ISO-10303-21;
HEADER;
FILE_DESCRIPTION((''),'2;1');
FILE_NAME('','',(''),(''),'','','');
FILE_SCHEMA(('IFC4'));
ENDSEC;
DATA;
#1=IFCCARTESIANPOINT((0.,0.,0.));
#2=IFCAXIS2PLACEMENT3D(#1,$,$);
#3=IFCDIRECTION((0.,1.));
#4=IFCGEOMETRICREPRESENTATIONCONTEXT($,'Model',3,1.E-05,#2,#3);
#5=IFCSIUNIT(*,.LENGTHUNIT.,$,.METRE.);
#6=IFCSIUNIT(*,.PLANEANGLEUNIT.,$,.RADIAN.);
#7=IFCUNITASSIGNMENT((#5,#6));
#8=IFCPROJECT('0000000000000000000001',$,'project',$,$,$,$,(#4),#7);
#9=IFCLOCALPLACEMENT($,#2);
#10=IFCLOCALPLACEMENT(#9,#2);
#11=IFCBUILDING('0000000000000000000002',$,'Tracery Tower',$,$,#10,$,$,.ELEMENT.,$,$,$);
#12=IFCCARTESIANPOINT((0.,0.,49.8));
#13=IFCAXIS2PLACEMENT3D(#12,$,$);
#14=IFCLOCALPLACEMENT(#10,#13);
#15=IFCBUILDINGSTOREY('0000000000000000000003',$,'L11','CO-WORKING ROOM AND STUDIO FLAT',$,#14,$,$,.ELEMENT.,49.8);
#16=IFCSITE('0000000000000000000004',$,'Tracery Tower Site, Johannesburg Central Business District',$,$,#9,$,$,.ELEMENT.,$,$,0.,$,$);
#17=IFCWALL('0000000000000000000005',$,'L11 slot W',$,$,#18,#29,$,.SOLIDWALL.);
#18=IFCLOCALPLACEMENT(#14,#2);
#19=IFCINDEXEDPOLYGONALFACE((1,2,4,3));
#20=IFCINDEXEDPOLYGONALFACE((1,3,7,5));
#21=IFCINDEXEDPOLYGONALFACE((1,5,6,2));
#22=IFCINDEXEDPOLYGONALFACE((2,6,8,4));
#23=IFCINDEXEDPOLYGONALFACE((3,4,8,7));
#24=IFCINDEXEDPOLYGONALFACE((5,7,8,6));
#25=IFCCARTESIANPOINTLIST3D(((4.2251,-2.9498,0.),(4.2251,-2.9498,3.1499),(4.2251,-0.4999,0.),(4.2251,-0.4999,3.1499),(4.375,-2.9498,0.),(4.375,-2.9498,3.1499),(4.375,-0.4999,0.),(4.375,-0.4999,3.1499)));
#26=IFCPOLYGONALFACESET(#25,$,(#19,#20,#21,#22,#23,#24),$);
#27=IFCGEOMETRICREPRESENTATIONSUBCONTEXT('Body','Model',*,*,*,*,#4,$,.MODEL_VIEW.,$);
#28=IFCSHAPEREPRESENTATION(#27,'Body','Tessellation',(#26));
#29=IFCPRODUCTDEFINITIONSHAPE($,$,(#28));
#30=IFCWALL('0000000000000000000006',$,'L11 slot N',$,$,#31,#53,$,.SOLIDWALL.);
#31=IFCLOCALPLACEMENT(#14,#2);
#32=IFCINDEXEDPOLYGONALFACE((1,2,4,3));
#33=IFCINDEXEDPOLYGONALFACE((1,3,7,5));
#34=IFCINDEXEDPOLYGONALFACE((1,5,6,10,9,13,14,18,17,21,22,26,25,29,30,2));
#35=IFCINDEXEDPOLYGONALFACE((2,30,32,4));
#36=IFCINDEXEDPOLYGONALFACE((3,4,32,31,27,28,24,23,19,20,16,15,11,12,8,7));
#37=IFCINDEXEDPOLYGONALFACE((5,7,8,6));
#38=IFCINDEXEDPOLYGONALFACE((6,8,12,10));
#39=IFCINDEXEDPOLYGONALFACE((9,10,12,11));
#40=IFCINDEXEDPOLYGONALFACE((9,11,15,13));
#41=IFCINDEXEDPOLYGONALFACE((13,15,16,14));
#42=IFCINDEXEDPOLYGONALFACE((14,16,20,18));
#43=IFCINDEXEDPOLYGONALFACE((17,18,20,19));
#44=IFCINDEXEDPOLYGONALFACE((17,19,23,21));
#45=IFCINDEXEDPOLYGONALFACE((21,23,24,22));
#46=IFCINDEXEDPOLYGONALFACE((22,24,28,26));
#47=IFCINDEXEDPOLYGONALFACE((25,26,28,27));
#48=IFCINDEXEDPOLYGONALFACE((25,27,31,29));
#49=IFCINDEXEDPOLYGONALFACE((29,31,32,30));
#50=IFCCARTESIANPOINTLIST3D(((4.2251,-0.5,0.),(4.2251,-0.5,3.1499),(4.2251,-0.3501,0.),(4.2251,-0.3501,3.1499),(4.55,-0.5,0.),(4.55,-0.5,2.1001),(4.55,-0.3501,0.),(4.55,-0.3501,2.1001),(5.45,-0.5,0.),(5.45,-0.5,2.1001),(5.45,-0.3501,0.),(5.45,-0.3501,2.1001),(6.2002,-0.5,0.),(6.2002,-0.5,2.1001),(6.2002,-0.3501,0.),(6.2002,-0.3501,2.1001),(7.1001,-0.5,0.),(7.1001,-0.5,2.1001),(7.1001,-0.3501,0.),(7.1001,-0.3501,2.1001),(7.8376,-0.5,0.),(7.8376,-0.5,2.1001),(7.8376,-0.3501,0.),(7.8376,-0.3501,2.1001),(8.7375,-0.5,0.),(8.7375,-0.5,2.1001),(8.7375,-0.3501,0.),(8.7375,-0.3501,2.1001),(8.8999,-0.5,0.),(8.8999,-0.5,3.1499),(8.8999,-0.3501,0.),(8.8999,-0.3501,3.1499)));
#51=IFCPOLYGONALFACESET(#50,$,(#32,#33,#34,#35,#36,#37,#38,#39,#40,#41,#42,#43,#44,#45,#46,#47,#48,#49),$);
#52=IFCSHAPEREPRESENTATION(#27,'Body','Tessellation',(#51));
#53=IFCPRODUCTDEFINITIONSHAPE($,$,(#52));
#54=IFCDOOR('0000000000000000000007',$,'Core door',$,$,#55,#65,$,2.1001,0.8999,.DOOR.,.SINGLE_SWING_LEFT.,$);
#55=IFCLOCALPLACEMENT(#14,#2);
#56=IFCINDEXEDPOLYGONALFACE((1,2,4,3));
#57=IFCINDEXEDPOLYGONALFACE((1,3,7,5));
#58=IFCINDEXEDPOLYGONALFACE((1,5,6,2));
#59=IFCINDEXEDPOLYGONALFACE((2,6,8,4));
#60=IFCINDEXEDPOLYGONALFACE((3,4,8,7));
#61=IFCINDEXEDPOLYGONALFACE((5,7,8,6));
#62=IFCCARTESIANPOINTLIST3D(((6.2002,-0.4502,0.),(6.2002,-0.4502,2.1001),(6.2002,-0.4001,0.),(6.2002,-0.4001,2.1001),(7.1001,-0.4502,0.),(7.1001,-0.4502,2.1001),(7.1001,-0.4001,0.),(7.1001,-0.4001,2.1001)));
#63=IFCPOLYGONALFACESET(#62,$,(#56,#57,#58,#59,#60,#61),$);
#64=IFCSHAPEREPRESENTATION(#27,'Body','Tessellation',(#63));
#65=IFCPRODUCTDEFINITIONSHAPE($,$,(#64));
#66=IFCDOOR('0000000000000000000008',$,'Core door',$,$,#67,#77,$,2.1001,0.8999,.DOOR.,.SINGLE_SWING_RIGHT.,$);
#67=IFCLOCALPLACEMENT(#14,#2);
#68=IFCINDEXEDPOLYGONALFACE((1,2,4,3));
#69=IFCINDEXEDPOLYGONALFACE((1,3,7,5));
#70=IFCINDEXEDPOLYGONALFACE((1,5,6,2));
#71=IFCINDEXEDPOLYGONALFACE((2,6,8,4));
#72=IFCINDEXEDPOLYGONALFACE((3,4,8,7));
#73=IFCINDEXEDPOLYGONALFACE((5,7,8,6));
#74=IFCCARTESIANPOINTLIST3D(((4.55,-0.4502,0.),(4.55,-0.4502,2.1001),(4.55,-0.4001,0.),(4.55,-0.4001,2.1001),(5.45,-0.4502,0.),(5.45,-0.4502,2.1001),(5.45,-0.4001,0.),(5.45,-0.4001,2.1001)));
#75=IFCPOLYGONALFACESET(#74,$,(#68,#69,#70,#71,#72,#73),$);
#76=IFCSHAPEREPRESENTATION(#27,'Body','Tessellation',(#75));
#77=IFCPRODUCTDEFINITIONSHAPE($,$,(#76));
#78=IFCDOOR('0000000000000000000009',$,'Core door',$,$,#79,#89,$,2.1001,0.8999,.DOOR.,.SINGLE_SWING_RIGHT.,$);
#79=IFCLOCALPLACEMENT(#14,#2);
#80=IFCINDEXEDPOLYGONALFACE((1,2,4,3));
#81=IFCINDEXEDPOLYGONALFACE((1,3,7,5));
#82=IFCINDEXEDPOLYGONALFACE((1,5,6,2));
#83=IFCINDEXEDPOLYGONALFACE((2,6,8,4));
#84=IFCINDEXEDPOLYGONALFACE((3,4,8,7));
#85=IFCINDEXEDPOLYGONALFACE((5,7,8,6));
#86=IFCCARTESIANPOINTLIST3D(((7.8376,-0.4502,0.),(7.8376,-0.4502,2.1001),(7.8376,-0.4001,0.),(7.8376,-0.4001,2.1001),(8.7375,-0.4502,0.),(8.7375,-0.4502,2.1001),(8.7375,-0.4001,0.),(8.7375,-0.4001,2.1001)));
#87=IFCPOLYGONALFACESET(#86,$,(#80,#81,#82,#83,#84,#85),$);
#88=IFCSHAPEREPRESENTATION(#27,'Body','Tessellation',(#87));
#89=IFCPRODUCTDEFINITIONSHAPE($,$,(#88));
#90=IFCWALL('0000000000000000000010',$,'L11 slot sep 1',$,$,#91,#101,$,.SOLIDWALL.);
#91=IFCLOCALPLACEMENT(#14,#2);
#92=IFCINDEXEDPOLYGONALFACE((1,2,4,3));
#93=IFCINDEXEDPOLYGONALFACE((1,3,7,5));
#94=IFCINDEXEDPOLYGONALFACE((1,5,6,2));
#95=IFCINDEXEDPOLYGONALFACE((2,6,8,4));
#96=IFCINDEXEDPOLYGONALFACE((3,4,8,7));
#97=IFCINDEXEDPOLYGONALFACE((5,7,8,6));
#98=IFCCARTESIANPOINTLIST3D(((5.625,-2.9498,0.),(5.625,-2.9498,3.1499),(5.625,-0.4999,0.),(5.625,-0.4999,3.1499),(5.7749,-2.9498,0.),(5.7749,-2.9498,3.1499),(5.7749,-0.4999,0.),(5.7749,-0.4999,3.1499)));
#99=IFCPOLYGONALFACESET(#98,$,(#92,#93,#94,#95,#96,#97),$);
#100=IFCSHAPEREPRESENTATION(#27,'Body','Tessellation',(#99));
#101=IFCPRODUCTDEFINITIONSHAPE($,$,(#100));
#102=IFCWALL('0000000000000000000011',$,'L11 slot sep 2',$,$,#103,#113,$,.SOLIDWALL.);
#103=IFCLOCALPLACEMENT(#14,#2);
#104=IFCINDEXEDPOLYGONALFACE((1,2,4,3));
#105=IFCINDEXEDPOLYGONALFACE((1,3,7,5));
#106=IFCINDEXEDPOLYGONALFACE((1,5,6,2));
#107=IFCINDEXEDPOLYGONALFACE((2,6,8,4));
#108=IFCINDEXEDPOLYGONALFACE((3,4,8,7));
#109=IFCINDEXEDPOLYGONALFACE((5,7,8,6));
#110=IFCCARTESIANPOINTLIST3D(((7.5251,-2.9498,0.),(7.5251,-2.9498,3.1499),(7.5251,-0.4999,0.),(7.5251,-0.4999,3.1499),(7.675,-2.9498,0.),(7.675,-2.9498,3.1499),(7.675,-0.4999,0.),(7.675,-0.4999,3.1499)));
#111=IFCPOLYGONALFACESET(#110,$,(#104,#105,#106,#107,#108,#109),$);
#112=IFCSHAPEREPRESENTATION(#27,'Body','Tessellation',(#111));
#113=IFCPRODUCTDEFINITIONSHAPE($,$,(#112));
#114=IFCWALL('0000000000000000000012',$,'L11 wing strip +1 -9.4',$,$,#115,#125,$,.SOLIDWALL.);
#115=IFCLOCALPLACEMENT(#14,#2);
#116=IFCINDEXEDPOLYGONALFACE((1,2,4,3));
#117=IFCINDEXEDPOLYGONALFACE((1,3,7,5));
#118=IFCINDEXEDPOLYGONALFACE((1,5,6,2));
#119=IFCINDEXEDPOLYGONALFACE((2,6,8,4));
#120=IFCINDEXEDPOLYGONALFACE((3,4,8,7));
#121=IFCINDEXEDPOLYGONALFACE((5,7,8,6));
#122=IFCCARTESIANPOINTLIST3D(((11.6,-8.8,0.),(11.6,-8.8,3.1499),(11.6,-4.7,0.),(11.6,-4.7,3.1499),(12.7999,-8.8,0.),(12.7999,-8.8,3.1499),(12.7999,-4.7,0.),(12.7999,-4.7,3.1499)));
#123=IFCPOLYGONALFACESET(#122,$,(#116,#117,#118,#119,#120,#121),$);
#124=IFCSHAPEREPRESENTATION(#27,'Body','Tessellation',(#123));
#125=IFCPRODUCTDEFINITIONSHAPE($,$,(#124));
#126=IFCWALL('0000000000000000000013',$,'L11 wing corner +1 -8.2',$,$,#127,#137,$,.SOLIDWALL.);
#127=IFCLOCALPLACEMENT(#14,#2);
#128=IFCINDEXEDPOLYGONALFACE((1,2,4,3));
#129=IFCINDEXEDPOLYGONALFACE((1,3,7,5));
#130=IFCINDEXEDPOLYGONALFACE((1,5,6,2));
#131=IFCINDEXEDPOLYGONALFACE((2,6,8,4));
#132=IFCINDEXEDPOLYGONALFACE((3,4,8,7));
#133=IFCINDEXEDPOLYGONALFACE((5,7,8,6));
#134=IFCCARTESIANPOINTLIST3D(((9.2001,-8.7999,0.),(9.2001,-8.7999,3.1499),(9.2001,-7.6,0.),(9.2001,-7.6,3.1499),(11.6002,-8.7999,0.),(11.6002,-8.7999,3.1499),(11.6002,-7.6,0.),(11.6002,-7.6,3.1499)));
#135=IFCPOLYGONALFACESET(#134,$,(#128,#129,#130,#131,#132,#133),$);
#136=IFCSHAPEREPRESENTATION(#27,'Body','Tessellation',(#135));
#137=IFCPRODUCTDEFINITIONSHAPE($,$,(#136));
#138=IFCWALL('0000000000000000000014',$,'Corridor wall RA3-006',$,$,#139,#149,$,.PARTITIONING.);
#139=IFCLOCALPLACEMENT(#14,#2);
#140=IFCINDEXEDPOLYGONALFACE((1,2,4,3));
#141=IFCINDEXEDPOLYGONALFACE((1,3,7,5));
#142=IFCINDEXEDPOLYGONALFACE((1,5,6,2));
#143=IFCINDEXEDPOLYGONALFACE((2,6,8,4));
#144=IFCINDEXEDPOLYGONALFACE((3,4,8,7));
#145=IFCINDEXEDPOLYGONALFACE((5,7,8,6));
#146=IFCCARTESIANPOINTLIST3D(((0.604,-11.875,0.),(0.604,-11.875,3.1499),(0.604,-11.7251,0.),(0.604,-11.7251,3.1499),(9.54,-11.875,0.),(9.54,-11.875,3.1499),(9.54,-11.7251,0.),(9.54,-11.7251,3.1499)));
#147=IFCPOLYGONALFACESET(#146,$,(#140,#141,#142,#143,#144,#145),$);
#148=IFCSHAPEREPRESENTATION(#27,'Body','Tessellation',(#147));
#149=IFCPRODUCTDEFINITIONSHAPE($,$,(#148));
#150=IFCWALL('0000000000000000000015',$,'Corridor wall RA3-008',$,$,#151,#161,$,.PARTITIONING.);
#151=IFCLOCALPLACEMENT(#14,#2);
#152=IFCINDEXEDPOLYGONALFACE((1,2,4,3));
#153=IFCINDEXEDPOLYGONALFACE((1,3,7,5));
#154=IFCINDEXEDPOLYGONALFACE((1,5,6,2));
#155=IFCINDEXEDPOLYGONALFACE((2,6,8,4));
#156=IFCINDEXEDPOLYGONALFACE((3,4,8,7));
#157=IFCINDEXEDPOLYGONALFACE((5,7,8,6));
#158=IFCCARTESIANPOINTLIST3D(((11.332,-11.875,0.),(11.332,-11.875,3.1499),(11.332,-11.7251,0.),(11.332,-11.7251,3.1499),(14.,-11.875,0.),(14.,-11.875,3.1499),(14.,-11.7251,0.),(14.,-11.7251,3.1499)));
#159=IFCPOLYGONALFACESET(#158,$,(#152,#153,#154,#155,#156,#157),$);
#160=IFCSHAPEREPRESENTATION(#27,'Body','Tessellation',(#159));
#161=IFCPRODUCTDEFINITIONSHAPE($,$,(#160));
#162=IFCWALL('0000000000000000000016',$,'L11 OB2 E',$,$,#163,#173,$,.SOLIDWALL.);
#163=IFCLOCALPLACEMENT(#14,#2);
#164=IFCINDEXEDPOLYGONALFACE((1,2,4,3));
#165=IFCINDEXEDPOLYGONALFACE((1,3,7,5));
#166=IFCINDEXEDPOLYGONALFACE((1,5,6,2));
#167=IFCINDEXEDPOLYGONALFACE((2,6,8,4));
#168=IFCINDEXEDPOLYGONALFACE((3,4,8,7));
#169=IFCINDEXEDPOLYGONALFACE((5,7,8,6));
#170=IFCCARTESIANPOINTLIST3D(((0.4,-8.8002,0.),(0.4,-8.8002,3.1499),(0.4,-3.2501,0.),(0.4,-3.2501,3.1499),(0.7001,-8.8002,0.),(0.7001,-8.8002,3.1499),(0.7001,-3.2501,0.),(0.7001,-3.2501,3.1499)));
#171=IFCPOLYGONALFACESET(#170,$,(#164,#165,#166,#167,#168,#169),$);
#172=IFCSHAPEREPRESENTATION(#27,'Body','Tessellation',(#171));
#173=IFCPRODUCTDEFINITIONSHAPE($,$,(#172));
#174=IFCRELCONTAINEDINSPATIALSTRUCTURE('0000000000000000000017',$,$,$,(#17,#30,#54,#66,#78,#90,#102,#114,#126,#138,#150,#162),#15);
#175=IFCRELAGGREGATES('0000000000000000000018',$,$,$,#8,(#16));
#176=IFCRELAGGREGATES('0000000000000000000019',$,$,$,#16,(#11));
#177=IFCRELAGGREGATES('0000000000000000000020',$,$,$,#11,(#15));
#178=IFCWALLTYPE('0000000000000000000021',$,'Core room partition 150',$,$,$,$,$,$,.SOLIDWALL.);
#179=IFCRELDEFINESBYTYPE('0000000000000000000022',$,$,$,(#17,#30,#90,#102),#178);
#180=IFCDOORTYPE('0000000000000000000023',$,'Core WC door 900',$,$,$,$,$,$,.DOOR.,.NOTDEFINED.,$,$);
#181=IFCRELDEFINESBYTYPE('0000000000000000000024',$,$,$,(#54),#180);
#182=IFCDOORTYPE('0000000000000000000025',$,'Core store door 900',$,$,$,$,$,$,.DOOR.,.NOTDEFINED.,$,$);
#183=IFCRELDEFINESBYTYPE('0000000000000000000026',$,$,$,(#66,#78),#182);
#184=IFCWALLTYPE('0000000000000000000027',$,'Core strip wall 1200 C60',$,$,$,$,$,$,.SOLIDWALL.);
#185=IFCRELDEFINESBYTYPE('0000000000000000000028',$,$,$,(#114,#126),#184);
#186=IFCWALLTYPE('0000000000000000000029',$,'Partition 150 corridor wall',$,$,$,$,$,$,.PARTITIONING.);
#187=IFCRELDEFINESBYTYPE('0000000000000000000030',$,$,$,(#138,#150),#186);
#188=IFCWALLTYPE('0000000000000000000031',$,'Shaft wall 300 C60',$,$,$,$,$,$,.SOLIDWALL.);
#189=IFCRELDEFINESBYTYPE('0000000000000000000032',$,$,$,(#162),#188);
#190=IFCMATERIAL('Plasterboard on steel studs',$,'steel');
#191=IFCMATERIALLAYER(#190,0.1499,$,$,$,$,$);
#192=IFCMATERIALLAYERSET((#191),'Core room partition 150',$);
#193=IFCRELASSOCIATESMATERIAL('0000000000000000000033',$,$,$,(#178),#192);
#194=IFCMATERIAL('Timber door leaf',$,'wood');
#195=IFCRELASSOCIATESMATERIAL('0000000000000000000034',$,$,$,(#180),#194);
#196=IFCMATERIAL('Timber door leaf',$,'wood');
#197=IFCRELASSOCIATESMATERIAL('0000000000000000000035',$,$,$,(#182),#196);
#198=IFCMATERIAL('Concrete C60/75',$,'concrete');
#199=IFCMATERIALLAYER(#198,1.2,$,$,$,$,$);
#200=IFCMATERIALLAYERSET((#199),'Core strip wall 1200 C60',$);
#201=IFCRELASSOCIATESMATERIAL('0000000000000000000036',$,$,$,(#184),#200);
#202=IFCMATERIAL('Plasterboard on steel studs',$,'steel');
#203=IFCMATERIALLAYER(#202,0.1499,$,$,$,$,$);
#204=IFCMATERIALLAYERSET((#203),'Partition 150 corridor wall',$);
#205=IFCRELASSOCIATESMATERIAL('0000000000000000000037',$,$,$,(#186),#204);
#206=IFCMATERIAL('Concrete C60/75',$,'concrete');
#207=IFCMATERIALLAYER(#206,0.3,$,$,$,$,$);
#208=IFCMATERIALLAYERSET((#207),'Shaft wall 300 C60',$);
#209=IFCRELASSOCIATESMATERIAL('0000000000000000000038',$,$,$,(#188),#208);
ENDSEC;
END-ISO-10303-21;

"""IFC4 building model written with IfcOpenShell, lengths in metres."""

from ifc_helpers import new_model, si_unit, direction, frame, frame_2d, origin, place, context, subcontext, project, spatial, rectangle, extrude, material, layer, layer_set, type_object, element, fill, save


model = new_model("IFC4")

# Units and contexts
model_context = context("Model", 3, precision=1e-05, world=origin(), true_north=direction((0.0, 1.0)))
body_context = subcontext(model_context, "Body", "Model", "MODEL_VIEW")
ifc_project = project(units=[si_unit("LENGTHUNIT", "METRE"), si_unit("PLANEANGLEUNIT", "RADIAN")], contexts=[model_context])

# Site, building, storey
site_placement = place(None, origin())
site = spatial("IfcSite", under=ifc_project, at=site_placement, Name="Tracery Tower Site, Johannesburg Central Business District", CompositionType="ELEMENT", RefElevation=0.0)
building_placement = place(site_placement, origin())
building = spatial("IfcBuilding", under=site, at=building_placement, Name="Tracery Tower", CompositionType="ELEMENT")
storey_placement = place(building_placement, frame((0.0, 0.0, 49.8)))
storey = spatial("IfcBuildingStorey", under=building, at=storey_placement, Name="L11", Description="CO-WORKING ROOM AND STUDIO FLAT", CompositionType="ELEMENT", Elevation=49.8)

# Wall
ifc_material_1 = material(Name="Plasterboard on steel studs", Category="steel")
ifc_layer_1 = layer(ifc_material_1, 0.1499)
ifc_layer_set_1 = layer_set([ifc_layer_1], Name="Core room partition 150")
wall_type_1 = type_object("IfcWallType", Name="Core room partition 150", PredefinedType="SOLIDWALL", material=ifc_layer_set_1)
wall_1_placement = place(storey_placement, frame((4.3, -2.95, 0.0), z_axis=(0.0, 0.0, 1.0), x_axis=(0.0, 1.0, 0.0)))
element("IfcWall", 1, at=wall_1_placement, inside=storey, type_object=wall_type_1, Name="L11 slot W", PredefinedType="SOLIDWALL", context=body_context, shape_type="SweptSolid", body=[
    extrude(rectangle(XDim=2.45, YDim=0.1499, at=frame_2d((1.2251, 0.0))), origin(), (0.0, 0.0, 1.0), 3.1499),
])

# Wall, openings, doors
wall_2_placement = place(storey_placement, frame((4.2251, -0.425, 0.0), z_axis=(0.0, 0.0, 1.0), x_axis=(1.0, 0.0, 0.0)))
wall_2 = element("IfcWall", 2, at=wall_2_placement, inside=storey, type_object=wall_type_1, Name="L11 slot N", PredefinedType="SOLIDWALL", context=body_context, shape_type="SweptSolid", body=[
    extrude(rectangle(XDim=4.6748, YDim=0.1499, at=frame_2d((2.3374, 0.0))), origin(), (0.0, 0.0, 1.0), 3.1499),
])
opening_1_placement = place(wall_2_placement, frame((0.325, 0.0, 0.0)))
opening_1 = element("IfcOpeningElement", 3, at=opening_1_placement, cuts=wall_2, PredefinedType="OPENING", context=body_context, shape_type="SweptSolid", body=[
    extrude(rectangle(XDim=0.8999, YDim=2.1001, at=frame_2d((0.45, 1.05))), frame((0.0, 0.075, 0.0), z_axis=(0.0, -1.0, 0.0), x_axis=(1.0, 0.0, 0.0)), (0.0, 0.0, 1.0), 0.1499),
])
opening_2_placement = place(wall_2_placement, frame((1.9751, 0.0, 0.0)))
opening_2 = element("IfcOpeningElement", 4, at=opening_2_placement, cuts=wall_2, PredefinedType="OPENING", context=body_context, shape_type="SweptSolid", body=[
    extrude(rectangle(XDim=0.8999, YDim=2.1001, at=frame_2d((0.45, 1.05))), frame((0.0, 0.075, 0.0), z_axis=(0.0, -1.0, 0.0), x_axis=(1.0, 0.0, 0.0)), (0.0, 0.0, 1.0), 0.1499),
])
opening_3_placement = place(wall_2_placement, frame((3.6125, 0.0, 0.0)))
opening_3 = element("IfcOpeningElement", 5, at=opening_3_placement, cuts=wall_2, PredefinedType="OPENING", context=body_context, shape_type="SweptSolid", body=[
    extrude(rectangle(XDim=0.8999, YDim=2.1001, at=frame_2d((0.45, 1.05))), frame((0.0, 0.075, 0.0), z_axis=(0.0, -1.0, 0.0), x_axis=(1.0, 0.0, 0.0)), (0.0, 0.0, 1.0), 0.1499),
])
ifc_material_2 = material(Name="Timber door leaf", Category="wood")
door_type_1 = type_object("IfcDoorType", Name="Core WC door 900", OperationType="NOTDEFINED", PredefinedType="DOOR", material=ifc_material_2)
door_1_placement = place(opening_2_placement, origin())
door_1 = element("IfcDoor", 6, at=door_1_placement, inside=storey, type_object=door_type_1, Name="Core door", OperationType="SINGLE_SWING_LEFT", OverallHeight=2.1001, OverallWidth=0.8999, PredefinedType="DOOR", context=body_context, shape_type="SweptSolid", body=[
    extrude(rectangle(XDim=0.8999, YDim=2.1001, at=frame_2d((0.45, 1.05))), frame((0.0, 0.0249, 0.0), z_axis=(0.0, -1.0, 0.0), x_axis=(1.0, 0.0, 0.0)), (0.0, 0.0, 1.0), 0.05),
])
fill(opening_2, door_1)
ifc_material_3 = material(Name="Timber door leaf", Category="wood")
door_type_2 = type_object("IfcDoorType", Name="Core store door 900", OperationType="NOTDEFINED", PredefinedType="DOOR", material=ifc_material_3)
door_2_placement = place(opening_1_placement, origin())
door_2 = element("IfcDoor", 7, at=door_2_placement, inside=storey, type_object=door_type_2, Name="Core door", OperationType="SINGLE_SWING_RIGHT", OverallHeight=2.1001, OverallWidth=0.8999, PredefinedType="DOOR", context=body_context, shape_type="SweptSolid", body=[
    extrude(rectangle(XDim=0.8999, YDim=2.1001, at=frame_2d((0.45, 1.05))), frame((0.0, 0.0249, 0.0), z_axis=(0.0, -1.0, 0.0), x_axis=(1.0, 0.0, 0.0)), (0.0, 0.0, 1.0), 0.05),
])
fill(opening_1, door_2)
door_3_placement = place(opening_3_placement, origin())
door_3 = element("IfcDoor", 8, at=door_3_placement, inside=storey, type_object=door_type_2, Name="Core door", OperationType="SINGLE_SWING_RIGHT", OverallHeight=2.1001, OverallWidth=0.8999, PredefinedType="DOOR", context=body_context, shape_type="SweptSolid", body=[
    extrude(rectangle(XDim=0.8999, YDim=2.1001, at=frame_2d((0.45, 1.05))), frame((0.0, 0.0249, 0.0), z_axis=(0.0, -1.0, 0.0), x_axis=(1.0, 0.0, 0.0)), (0.0, 0.0, 1.0), 0.05),
])
fill(opening_3, door_3)

# Walls
for number, where, z_axis, x_axis, name in (
    (9, (5.7, -2.95, 0.0), (0.0, 0.0, 1.0), (0.0, 1.0, 0.0), "L11 slot sep 1"),
    (10, (7.6001, -2.95, 0.0), (0.0, 0.0, 1.0), (0.0, 1.0, 0.0), "L11 slot sep 2"),
):
    element("IfcWall", number, at=place(storey_placement, frame(where, z_axis=z_axis, x_axis=x_axis)), inside=storey, type_object=wall_type_1, Name=name, PredefinedType="SOLIDWALL", context=body_context, shape_type="SweptSolid", body=[
        extrude(rectangle(XDim=2.45, YDim=0.1499, at=frame_2d((1.2251, 0.0))), origin(), (0.0, 0.0, 1.0), 3.1499),
    ])
ifc_material_4 = material(Name="Concrete C60/75", Category="concrete")
ifc_layer_2 = layer(ifc_material_4, 1.2)
ifc_layer_set_2 = layer_set([ifc_layer_2], Name="Core strip wall 1200 C60")
wall_type_2 = type_object("IfcWallType", Name="Core strip wall 1200 C60", PredefinedType="SOLIDWALL", material=ifc_layer_set_2)
wall_3_placement = place(storey_placement, frame((12.2, -8.8, 0.0), z_axis=(0.0, 0.0, 1.0), x_axis=(0.0, 1.0, 0.0)))
element("IfcWall", 11, at=wall_3_placement, inside=storey, type_object=wall_type_2, Name="L11 wing strip +1 -9.4", PredefinedType="SOLIDWALL", context=body_context, shape_type="SweptSolid", body=[
    extrude(rectangle(XDim=4.1001, YDim=1.2, at=frame_2d((2.05, 0.0))), origin(), (0.0, 0.0, 1.0), 3.1499),
])
wall_4_placement = place(storey_placement, frame((9.2, -8.2, 0.0), z_axis=(0.0, 0.0, 1.0), x_axis=(1.0, 0.0, 0.0)))
element("IfcWall", 12, at=wall_4_placement, inside=storey, type_object=wall_type_2, Name="L11 wing corner +1 -8.2", PredefinedType="SOLIDWALL", context=body_context, shape_type="SweptSolid", body=[
    extrude(rectangle(XDim=2.4001, YDim=1.2, at=frame_2d((1.2002, 0.0))), origin(), (0.0, 0.0, 1.0), 3.1499),
])
ifc_material_5 = material(Name="Plasterboard on steel studs", Category="steel")
ifc_layer_3 = layer(ifc_material_5, 0.1499)
ifc_layer_set_3 = layer_set([ifc_layer_3], Name="Partition 150 corridor wall")
wall_type_3 = type_object("IfcWallType", Name="Partition 150 corridor wall", PredefinedType="PARTITIONING", material=ifc_layer_set_3)
wall_5_placement = place(storey_placement, frame((0.604, -11.8, 0.0), z_axis=(0.0, 0.0, 1.0), x_axis=(1.0, 0.0, 0.0)))
element("IfcWall", 13, at=wall_5_placement, inside=storey, type_object=wall_type_3, Name="Corridor wall RA3-006", PredefinedType="PARTITIONING", context=body_context, shape_type="SweptSolid", body=[
    extrude(rectangle(XDim=8.936, YDim=0.1499, at=frame_2d((4.468, 0.0))), origin(), (0.0, 0.0, 1.0), 3.1499),
])
wall_6_placement = place(storey_placement, frame((11.332, -11.8, 0.0), z_axis=(0.0, 0.0, 1.0), x_axis=(1.0, 0.0, 0.0)))
element("IfcWall", 14, at=wall_6_placement, inside=storey, type_object=wall_type_3, Name="Corridor wall RA3-008", PredefinedType="PARTITIONING", context=body_context, shape_type="SweptSolid", body=[
    extrude(rectangle(XDim=2.668, YDim=0.1499, at=frame_2d((1.334, 0.0))), origin(), (0.0, 0.0, 1.0), 3.1499),
])
ifc_material_6 = material(Name="Concrete C60/75", Category="concrete")
ifc_layer_4 = layer(ifc_material_6, 0.3)
ifc_layer_set_4 = layer_set([ifc_layer_4], Name="Shaft wall 300 C60")
wall_type_4 = type_object("IfcWallType", Name="Shaft wall 300 C60", PredefinedType="SOLIDWALL", material=ifc_layer_set_4)
wall_7_placement = place(storey_placement, frame((0.55, -8.8, 0.0), z_axis=(0.0, 0.0, 1.0), x_axis=(0.0, 1.0, 0.0)))
element("IfcWall", 15, at=wall_7_placement, inside=storey, type_object=wall_type_4, Name="L11 OB2 E", PredefinedType="SOLIDWALL", context=body_context, shape_type="SweptSolid", body=[
    extrude(rectangle(XDim=5.55, YDim=0.3, at=frame_2d((2.7749, 0.0))), origin(), (0.0, 0.0, 1.0), 3.1499),
])

save(model, "model.ifc")
